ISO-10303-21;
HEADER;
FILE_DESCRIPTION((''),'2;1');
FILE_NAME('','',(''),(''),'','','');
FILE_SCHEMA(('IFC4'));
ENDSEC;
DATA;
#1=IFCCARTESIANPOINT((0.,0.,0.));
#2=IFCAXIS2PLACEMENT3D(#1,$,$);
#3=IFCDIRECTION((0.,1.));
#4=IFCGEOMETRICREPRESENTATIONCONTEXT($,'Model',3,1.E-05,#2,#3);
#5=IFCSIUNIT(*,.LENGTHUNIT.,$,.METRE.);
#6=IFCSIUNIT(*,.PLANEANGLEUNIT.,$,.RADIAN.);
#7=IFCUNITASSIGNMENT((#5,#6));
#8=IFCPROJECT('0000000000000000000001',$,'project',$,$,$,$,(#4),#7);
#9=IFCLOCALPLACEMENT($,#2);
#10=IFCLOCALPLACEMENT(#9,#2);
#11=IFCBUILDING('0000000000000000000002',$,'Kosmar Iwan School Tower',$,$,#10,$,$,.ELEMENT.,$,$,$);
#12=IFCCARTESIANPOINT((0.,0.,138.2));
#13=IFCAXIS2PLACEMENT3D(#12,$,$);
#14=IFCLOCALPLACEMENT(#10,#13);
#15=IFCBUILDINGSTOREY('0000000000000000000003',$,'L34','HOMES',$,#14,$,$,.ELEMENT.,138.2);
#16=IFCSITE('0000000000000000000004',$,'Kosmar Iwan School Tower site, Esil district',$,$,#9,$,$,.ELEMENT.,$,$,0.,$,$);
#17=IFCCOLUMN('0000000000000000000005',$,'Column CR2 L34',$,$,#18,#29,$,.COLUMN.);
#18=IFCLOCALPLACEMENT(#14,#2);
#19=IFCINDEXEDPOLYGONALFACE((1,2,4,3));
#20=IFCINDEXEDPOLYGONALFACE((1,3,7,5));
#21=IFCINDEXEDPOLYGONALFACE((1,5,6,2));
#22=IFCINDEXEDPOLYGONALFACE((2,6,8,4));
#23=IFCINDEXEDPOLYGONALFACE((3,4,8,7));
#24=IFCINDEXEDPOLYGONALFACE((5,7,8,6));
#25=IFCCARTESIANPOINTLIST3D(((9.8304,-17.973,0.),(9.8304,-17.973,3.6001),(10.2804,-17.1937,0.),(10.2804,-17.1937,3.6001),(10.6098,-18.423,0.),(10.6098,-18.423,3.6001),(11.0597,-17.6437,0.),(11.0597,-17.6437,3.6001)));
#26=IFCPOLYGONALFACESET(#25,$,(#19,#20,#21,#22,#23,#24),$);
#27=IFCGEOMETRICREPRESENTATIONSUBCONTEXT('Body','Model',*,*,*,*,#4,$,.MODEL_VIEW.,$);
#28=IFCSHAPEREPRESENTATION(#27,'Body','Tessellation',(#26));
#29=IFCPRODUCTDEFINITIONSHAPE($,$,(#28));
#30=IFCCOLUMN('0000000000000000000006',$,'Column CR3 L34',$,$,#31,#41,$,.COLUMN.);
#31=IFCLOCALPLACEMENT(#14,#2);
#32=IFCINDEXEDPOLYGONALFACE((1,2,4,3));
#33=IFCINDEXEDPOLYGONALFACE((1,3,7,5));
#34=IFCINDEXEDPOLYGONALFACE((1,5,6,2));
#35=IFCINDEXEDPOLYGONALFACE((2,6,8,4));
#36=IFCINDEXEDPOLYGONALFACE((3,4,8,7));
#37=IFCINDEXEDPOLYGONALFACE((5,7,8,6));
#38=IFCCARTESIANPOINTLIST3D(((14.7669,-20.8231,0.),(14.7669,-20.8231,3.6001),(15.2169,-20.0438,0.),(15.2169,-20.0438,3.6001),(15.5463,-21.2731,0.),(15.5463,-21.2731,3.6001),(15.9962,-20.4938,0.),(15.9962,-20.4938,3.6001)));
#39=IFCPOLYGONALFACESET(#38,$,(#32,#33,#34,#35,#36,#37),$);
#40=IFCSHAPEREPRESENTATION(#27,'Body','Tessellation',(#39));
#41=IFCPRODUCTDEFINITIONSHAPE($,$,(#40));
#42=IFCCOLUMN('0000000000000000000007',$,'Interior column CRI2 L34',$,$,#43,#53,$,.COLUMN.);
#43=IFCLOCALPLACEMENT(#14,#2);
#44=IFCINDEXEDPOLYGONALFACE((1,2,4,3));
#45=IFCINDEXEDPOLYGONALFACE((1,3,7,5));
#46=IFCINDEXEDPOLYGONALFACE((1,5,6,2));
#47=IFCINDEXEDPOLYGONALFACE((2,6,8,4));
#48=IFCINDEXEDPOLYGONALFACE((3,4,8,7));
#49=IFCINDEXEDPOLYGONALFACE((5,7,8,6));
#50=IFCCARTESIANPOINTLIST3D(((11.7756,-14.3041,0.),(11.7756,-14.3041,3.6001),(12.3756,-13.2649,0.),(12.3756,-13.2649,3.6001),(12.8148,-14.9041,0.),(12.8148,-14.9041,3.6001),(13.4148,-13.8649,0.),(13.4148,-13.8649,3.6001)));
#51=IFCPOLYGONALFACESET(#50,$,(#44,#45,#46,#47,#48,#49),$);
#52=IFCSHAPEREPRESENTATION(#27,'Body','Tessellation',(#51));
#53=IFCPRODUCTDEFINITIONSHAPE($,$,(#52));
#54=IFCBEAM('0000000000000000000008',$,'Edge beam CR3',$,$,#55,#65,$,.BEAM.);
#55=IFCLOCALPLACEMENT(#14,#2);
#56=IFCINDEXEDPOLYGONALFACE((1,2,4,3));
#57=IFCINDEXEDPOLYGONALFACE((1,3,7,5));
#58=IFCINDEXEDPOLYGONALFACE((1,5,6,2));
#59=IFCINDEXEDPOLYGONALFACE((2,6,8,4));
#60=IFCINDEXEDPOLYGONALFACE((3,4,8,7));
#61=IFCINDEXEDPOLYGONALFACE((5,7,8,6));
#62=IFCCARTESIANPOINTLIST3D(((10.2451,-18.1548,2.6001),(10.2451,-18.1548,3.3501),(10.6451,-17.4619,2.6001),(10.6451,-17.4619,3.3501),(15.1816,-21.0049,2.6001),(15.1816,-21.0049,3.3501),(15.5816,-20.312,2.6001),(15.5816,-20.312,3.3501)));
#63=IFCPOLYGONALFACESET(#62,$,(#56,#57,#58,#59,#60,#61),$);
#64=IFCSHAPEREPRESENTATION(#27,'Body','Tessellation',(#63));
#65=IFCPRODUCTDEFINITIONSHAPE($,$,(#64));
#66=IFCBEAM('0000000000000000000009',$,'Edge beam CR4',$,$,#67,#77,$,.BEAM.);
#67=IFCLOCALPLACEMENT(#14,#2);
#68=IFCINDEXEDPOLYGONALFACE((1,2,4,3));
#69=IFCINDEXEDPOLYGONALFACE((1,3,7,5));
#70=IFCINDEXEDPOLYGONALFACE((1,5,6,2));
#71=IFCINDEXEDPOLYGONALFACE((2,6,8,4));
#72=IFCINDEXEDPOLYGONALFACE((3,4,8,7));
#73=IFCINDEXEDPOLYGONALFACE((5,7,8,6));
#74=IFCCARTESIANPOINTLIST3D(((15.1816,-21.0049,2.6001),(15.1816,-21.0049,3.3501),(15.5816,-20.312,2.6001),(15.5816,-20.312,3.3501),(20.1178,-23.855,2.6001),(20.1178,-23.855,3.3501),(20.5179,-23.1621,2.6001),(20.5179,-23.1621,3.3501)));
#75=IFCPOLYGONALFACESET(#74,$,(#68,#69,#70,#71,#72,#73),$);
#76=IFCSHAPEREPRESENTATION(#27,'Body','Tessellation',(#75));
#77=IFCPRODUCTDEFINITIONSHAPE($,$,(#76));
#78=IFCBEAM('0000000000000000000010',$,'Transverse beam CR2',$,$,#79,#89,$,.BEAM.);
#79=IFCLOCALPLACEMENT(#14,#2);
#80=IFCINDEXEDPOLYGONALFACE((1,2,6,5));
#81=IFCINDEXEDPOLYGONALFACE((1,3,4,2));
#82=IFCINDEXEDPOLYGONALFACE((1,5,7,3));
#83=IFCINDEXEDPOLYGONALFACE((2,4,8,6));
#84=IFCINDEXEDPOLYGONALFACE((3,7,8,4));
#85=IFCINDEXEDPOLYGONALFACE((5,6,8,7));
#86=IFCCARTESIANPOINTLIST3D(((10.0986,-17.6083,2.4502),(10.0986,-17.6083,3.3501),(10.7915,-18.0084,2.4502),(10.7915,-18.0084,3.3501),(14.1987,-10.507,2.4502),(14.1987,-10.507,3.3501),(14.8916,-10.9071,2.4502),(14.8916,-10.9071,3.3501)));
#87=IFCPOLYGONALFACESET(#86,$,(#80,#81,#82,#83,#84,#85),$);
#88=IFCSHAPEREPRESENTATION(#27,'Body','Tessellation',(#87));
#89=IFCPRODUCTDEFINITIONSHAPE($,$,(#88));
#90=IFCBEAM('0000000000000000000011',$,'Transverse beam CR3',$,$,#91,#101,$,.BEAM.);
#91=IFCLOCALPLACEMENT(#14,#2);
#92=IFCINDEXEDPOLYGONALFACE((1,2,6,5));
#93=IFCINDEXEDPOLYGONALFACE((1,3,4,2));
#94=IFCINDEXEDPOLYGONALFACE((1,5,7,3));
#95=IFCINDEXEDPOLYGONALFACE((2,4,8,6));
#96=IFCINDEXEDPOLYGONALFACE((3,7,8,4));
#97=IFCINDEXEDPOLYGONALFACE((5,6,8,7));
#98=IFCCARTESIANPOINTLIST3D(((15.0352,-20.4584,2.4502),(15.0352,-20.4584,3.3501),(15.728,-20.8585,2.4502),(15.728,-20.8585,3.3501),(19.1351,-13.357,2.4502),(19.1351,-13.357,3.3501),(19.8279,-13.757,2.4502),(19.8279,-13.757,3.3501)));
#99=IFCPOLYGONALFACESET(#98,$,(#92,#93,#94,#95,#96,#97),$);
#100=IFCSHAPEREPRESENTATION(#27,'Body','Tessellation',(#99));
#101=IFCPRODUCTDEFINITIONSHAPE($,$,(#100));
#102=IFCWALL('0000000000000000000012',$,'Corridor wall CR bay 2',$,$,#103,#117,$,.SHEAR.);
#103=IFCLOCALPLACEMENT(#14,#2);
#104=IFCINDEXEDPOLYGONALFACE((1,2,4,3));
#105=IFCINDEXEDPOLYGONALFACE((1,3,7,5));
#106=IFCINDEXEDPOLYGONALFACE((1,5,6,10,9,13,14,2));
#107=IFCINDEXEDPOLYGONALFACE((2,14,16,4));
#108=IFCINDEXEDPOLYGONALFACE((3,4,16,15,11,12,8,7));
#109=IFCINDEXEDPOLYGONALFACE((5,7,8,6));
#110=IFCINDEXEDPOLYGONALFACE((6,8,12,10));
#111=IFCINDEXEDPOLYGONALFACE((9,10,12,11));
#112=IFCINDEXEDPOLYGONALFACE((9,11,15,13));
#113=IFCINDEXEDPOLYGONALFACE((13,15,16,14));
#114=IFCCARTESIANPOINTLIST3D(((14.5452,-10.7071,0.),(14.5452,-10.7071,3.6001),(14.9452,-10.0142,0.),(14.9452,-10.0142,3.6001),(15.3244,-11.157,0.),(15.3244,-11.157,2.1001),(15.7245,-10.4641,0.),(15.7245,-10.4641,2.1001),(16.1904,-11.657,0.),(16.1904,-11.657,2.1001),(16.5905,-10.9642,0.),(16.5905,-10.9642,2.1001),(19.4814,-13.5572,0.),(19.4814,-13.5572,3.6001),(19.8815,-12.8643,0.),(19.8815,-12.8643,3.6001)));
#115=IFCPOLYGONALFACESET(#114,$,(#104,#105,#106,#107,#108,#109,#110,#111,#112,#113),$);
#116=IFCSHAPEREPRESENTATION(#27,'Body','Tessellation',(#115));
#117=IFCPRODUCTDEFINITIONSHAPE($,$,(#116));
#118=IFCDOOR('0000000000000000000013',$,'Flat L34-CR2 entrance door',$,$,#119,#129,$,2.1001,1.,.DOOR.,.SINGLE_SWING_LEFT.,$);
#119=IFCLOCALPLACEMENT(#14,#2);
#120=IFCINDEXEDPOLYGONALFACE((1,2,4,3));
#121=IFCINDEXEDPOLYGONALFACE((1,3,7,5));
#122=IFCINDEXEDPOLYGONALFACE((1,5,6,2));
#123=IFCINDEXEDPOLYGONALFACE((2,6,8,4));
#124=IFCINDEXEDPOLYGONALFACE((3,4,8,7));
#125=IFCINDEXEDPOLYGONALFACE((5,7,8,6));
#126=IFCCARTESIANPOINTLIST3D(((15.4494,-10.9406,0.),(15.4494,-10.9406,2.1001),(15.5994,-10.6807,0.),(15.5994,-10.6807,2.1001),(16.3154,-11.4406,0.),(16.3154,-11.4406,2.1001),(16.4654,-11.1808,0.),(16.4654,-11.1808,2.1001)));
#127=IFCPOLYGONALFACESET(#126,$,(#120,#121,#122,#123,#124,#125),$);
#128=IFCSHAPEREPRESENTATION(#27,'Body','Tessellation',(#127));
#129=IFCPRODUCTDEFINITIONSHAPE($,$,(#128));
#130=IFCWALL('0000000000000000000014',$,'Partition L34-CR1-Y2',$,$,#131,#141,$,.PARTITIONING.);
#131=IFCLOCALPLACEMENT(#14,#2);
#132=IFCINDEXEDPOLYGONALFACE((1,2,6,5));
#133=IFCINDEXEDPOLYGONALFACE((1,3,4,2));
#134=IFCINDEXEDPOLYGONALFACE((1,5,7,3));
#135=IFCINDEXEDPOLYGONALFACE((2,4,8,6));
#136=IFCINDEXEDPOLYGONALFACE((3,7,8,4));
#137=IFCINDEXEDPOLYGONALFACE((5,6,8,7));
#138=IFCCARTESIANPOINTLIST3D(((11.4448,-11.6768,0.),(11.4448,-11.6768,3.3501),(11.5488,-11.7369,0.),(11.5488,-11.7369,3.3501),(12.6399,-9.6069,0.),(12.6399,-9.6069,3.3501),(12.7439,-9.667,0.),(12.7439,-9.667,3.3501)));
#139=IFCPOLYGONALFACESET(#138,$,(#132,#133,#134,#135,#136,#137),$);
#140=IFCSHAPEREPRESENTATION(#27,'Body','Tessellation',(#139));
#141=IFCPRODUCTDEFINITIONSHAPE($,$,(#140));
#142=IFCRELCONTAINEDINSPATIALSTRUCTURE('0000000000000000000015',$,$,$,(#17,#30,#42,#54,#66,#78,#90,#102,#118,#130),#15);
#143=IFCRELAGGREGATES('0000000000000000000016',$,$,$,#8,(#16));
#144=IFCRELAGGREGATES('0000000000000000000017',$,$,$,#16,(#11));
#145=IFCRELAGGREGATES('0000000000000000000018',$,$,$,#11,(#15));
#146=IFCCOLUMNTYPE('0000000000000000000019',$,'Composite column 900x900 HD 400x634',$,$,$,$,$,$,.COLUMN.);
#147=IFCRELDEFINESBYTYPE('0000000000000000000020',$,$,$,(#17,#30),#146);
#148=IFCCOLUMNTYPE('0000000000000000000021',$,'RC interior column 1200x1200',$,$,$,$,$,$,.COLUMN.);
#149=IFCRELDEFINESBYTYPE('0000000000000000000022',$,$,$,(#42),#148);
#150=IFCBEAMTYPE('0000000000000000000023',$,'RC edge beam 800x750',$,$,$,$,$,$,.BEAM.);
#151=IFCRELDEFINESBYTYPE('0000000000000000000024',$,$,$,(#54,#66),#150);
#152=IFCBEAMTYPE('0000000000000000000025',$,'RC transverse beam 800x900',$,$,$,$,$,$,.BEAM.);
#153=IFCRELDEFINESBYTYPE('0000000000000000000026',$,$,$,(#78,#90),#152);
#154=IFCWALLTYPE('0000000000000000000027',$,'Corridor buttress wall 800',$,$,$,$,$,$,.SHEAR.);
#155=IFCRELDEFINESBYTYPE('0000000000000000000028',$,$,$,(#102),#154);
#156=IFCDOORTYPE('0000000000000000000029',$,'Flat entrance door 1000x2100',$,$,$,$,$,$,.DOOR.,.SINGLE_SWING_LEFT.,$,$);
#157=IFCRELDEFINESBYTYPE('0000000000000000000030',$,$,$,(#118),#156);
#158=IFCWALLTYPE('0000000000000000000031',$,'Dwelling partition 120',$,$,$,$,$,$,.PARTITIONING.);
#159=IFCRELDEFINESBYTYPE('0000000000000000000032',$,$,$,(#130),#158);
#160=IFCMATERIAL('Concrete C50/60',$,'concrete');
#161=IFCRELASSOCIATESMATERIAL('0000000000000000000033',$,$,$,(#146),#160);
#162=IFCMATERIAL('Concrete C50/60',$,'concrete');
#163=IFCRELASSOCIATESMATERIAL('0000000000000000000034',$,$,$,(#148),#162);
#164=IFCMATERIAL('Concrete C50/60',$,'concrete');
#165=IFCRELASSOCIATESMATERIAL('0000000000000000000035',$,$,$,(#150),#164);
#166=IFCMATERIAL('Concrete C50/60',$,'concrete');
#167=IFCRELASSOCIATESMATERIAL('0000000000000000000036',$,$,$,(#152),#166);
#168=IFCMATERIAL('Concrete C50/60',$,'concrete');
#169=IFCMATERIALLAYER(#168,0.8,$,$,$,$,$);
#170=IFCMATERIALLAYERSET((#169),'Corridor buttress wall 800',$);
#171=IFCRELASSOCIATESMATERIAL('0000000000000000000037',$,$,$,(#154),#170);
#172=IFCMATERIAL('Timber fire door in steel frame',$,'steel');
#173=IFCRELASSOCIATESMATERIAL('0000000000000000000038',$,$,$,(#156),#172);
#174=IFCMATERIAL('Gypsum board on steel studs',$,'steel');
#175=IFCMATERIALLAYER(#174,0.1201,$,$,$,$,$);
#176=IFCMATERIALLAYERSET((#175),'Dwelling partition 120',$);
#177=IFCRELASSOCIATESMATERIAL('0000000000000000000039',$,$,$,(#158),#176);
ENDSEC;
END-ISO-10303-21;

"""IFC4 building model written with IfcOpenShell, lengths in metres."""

from ifc_helpers import new_model, si_unit, direction, frame, frame_2d, origin, origin_2d, place, context, subcontext, project, spatial, rectangle, extrude, material, layer, layer_set, material_profile, profile_set, type_object, element, fill, save


model = new_model("IFC4")

# Units and contexts
model_context = context("Model", 3, precision=1e-05, world=origin(), true_north=direction((0.0, 1.0)))
body_context = subcontext(model_context, "Body", "Model", "MODEL_VIEW")
ifc_project = project(units=[si_unit("LENGTHUNIT", "METRE"), si_unit("PLANEANGLEUNIT", "RADIAN")], contexts=[model_context])

# Site, building, storey
site_placement = place(None, origin())
site = spatial("IfcSite", under=ifc_project, at=site_placement, Name="Kosmar Iwan School Tower site, Esil district", CompositionType="ELEMENT", RefElevation=0.0)
building_placement = place(site_placement, origin())
building = spatial("IfcBuilding", under=site, at=building_placement, Name="Kosmar Iwan School Tower", CompositionType="ELEMENT")
storey_placement = place(building_placement, frame((0.0, 0.0, 138.2)))
storey = spatial("IfcBuildingStorey", under=building, at=storey_placement, Name="L34", Description="HOMES", CompositionType="ELEMENT", Elevation=138.2)

# Columns
ifc_material_1 = material(Name="Concrete C50/60", Category="concrete")
ifc_material_profile_1 = material_profile(ifc_material_1, rectangle(XDim=0.8999, YDim=0.8999, at=origin_2d()), Name="RC 900x900 + HD 400x634")
ifc_profile_set_1 = profile_set([ifc_material_profile_1], Name="Concrete C50/60")
column_type_1 = type_object("IfcColumnType", Name="Composite column 900x900 HD 400x634", PredefinedType="COLUMN", material=ifc_profile_set_1)
for number, where, z_axis, x_axis, name in (
    (1, (10.4451, -17.8083, 0.0), (0.0, 0.0, 1.0), (0.866025, -0.5, 0.0), "Column CR2 L34"),
    (2, (15.3816, -20.6584, 0.0), (0.0, 0.0, 1.0), (0.866025, -0.5, 0.0), "Column CR3 L34"),
):
    element("IfcColumn", number, at=place(storey_placement, frame(where, z_axis=z_axis, x_axis=x_axis)), inside=storey, type_object=column_type_1, Name=name, PredefinedType="COLUMN", context=body_context, shape_type="SweptSolid", body=[
        extrude(rectangle(XDim=0.8999, YDim=0.8999, at=origin_2d()), origin(), (0.0, 0.0, 1.0), 3.6001),
    ])
ifc_material_2 = material(Name="Concrete C50/60", Category="concrete")
ifc_material_profile_2 = material_profile(ifc_material_2, rectangle(XDim=1.2, YDim=1.2, at=origin_2d()), Name="RC 1200x1200")
ifc_profile_set_2 = profile_set([ifc_material_profile_2], Name="Concrete C50/60")
column_type_2 = type_object("IfcColumnType", Name="RC interior column 1200x1200", PredefinedType="COLUMN", material=ifc_profile_set_2)
column_placement = place(storey_placement, frame((12.5952, -14.0845, 0.0), z_axis=(0.0, 0.0, 1.0), x_axis=(0.866025, -0.5, 0.0)))
element("IfcColumn", 3, at=column_placement, inside=storey, type_object=column_type_2, Name="Interior column CRI2 L34", PredefinedType="COLUMN", context=body_context, shape_type="SweptSolid", body=[
    extrude(rectangle(XDim=1.2, YDim=1.2, at=origin_2d()), origin(), (0.0, 0.0, 1.0), 3.6001),
])

# Beams
ifc_material_3 = material(Name="Concrete C50/60", Category="concrete")
ifc_material_profile_3 = material_profile(ifc_material_3, rectangle(XDim=0.8, YDim=0.75, at=origin_2d()), Name="RC 800x750")
ifc_profile_set_3 = profile_set([ifc_material_profile_3], Name="Concrete C50/60")
beam_type_1 = type_object("IfcBeamType", Name="RC edge beam 800x750", PredefinedType="BEAM", material=ifc_profile_set_3)
beam_1_placement = place(storey_placement, frame((10.4451, -17.8083, 2.9751), z_axis=(0.866026, -0.499999, 0.0), x_axis=(0.499999, 0.866026, 0.0)))
element("IfcBeam", 4, at=beam_1_placement, inside=storey, type_object=beam_type_1, Name="Edge beam CR3", PredefinedType="BEAM", context=body_context, shape_type="SweptSolid", body=[
    extrude(rectangle(XDim=0.8, YDim=0.75, at=origin_2d()), origin(), (0.0, 0.0, 1.0), 5.7002),
])
beam_2_placement = place(storey_placement, frame((15.3816, -20.6584, 2.9751), z_axis=(0.866015, -0.500018, 0.0), x_axis=(0.500018, 0.866015, 0.0)))
element("IfcBeam", 5, at=beam_2_placement, inside=storey, type_object=beam_type_1, Name="Edge beam CR4", PredefinedType="BEAM", context=body_context, shape_type="SweptSolid", body=[
    extrude(rectangle(XDim=0.8, YDim=0.75, at=origin_2d()), origin(), (0.0, 0.0, 1.0), 5.7),
])
ifc_material_4 = material(Name="Concrete C50/60", Category="concrete")
ifc_material_profile_4 = material_profile(ifc_material_4, rectangle(XDim=0.8, YDim=0.8999, at=origin_2d()), Name="RC 800x900")
ifc_profile_set_4 = profile_set([ifc_material_profile_4], Name="Concrete C50/60")
beam_type_2 = type_object("IfcBeamType", Name="RC transverse beam 800x900", PredefinedType="BEAM", material=ifc_profile_set_4)
for number, where, z_axis, x_axis, name in (
    (6, (10.4451, -17.8083, 2.9001), (0.500014, 0.866018, 0.0), (-0.866018, 0.500014, 0.0), "Transverse beam CR2"),
    (7, (15.3816, -20.6584, 2.9001), (0.499991, 0.86603, 0.0), (-0.86603, 0.499991, 0.0), "Transverse beam CR3"),
):
    element("IfcBeam", number, at=place(storey_placement, frame(where, z_axis=z_axis, x_axis=x_axis)), inside=storey, type_object=beam_type_2, Name=name, PredefinedType="BEAM", context=body_context, shape_type="SweptSolid", body=[
        extrude(rectangle(XDim=0.8, YDim=0.8999, at=origin_2d()), origin(), (0.0, 0.0, 1.0), 8.2),
    ])

# Wall, opening, door
ifc_material_5 = material(Name="Concrete C50/60", Category="concrete")
ifc_layer_1 = layer(ifc_material_5, 0.8)
ifc_layer_set_1 = layer_set([ifc_layer_1], Name="Corridor buttress wall 800")
wall_type_1 = type_object("IfcWallType", Name="Corridor buttress wall 800", PredefinedType="SHEAR", material=ifc_layer_set_1)
wall_1_placement = place(storey_placement, frame((14.7451, -10.3606, 0.0), z_axis=(0.0, 0.0, 1.0), x_axis=(0.866015, -0.500018, 0.0)))
wall_1 = element("IfcWall", 8, at=wall_1_placement, inside=storey, type_object=wall_type_1, Name="Corridor wall CR bay 2", PredefinedType="SHEAR", context=body_context, shape_type="SweptSolid", body=[
    extrude(rectangle(XDim=5.7, YDim=0.8, at=frame_2d((2.8501, 0.0))), origin(), (0.0, 0.0, 1.0), 3.6001),
])
opening_1_placement = place(wall_1_placement, frame((0.8999, 0.0, 0.0)))
opening_1 = element("IfcOpeningElement", 9, at=opening_1_placement, cuts=wall_1, PredefinedType="OPENING", context=body_context, shape_type="SweptSolid", body=[
    extrude(rectangle(XDim=1.0, YDim=2.1001, at=frame_2d((0.5, 1.05))), frame((0.0, 0.4121, 0.0), z_axis=(0.0, -1.0, 0.0), x_axis=(1.0, 0.0, 0.0)), (0.0, 0.0, 1.0), 0.824),
])
ifc_material_6 = material(Name="Timber fire door in steel frame", Category="steel")
door_type_1 = type_object("IfcDoorType", Name="Flat entrance door 1000x2100", OperationType="SINGLE_SWING_LEFT", PredefinedType="DOOR", material=ifc_material_6)
door_1_placement = place(opening_1_placement, origin())
door_1 = element("IfcDoor", 10, at=door_1_placement, inside=storey, type_object=door_type_1, Name="Flat L34-CR2 entrance door", OperationType="SINGLE_SWING_LEFT", OverallHeight=2.1001, OverallWidth=1.0, PredefinedType="DOOR", context=body_context, shape_type="SweptSolid", body=[
    extrude(rectangle(XDim=1.0, YDim=2.1001, at=frame_2d((0.5, 1.05))), frame((0.0, 0.1499, 0.0), z_axis=(0.0, -1.0, 0.0), x_axis=(1.0, 0.0, 0.0)), (0.0, 0.0, 1.0), 0.3),
])
fill(opening_1, door_1)

# Wall
ifc_material_7 = material(Name="Gypsum board on steel studs", Category="steel")
ifc_layer_2 = layer(ifc_material_7, 0.1201)
ifc_layer_set_2 = layer_set([ifc_layer_2], Name="Dwelling partition 120")
wall_type_2 = type_object("IfcWallType", Name="Dwelling partition 120", PredefinedType="PARTITIONING", material=ifc_layer_set_2)
wall_2_placement = place(storey_placement, frame((12.6919, -9.637, 0.0), z_axis=(0.0, 0.0, 1.0), x_axis=(-0.500017, -0.866015, 0.0)))
element("IfcWall", 11, at=wall_2_placement, inside=storey, type_object=wall_type_2, Name="Partition L34-CR1-Y2", PredefinedType="PARTITIONING", context=body_context, shape_type="SweptSolid", body=[
    extrude(rectangle(XDim=2.3901, YDim=0.1201, at=frame_2d((1.1951, 0.0))), origin(), (0.0, 0.0, 1.0), 3.3501),
])

save(model, "model.ifc")
